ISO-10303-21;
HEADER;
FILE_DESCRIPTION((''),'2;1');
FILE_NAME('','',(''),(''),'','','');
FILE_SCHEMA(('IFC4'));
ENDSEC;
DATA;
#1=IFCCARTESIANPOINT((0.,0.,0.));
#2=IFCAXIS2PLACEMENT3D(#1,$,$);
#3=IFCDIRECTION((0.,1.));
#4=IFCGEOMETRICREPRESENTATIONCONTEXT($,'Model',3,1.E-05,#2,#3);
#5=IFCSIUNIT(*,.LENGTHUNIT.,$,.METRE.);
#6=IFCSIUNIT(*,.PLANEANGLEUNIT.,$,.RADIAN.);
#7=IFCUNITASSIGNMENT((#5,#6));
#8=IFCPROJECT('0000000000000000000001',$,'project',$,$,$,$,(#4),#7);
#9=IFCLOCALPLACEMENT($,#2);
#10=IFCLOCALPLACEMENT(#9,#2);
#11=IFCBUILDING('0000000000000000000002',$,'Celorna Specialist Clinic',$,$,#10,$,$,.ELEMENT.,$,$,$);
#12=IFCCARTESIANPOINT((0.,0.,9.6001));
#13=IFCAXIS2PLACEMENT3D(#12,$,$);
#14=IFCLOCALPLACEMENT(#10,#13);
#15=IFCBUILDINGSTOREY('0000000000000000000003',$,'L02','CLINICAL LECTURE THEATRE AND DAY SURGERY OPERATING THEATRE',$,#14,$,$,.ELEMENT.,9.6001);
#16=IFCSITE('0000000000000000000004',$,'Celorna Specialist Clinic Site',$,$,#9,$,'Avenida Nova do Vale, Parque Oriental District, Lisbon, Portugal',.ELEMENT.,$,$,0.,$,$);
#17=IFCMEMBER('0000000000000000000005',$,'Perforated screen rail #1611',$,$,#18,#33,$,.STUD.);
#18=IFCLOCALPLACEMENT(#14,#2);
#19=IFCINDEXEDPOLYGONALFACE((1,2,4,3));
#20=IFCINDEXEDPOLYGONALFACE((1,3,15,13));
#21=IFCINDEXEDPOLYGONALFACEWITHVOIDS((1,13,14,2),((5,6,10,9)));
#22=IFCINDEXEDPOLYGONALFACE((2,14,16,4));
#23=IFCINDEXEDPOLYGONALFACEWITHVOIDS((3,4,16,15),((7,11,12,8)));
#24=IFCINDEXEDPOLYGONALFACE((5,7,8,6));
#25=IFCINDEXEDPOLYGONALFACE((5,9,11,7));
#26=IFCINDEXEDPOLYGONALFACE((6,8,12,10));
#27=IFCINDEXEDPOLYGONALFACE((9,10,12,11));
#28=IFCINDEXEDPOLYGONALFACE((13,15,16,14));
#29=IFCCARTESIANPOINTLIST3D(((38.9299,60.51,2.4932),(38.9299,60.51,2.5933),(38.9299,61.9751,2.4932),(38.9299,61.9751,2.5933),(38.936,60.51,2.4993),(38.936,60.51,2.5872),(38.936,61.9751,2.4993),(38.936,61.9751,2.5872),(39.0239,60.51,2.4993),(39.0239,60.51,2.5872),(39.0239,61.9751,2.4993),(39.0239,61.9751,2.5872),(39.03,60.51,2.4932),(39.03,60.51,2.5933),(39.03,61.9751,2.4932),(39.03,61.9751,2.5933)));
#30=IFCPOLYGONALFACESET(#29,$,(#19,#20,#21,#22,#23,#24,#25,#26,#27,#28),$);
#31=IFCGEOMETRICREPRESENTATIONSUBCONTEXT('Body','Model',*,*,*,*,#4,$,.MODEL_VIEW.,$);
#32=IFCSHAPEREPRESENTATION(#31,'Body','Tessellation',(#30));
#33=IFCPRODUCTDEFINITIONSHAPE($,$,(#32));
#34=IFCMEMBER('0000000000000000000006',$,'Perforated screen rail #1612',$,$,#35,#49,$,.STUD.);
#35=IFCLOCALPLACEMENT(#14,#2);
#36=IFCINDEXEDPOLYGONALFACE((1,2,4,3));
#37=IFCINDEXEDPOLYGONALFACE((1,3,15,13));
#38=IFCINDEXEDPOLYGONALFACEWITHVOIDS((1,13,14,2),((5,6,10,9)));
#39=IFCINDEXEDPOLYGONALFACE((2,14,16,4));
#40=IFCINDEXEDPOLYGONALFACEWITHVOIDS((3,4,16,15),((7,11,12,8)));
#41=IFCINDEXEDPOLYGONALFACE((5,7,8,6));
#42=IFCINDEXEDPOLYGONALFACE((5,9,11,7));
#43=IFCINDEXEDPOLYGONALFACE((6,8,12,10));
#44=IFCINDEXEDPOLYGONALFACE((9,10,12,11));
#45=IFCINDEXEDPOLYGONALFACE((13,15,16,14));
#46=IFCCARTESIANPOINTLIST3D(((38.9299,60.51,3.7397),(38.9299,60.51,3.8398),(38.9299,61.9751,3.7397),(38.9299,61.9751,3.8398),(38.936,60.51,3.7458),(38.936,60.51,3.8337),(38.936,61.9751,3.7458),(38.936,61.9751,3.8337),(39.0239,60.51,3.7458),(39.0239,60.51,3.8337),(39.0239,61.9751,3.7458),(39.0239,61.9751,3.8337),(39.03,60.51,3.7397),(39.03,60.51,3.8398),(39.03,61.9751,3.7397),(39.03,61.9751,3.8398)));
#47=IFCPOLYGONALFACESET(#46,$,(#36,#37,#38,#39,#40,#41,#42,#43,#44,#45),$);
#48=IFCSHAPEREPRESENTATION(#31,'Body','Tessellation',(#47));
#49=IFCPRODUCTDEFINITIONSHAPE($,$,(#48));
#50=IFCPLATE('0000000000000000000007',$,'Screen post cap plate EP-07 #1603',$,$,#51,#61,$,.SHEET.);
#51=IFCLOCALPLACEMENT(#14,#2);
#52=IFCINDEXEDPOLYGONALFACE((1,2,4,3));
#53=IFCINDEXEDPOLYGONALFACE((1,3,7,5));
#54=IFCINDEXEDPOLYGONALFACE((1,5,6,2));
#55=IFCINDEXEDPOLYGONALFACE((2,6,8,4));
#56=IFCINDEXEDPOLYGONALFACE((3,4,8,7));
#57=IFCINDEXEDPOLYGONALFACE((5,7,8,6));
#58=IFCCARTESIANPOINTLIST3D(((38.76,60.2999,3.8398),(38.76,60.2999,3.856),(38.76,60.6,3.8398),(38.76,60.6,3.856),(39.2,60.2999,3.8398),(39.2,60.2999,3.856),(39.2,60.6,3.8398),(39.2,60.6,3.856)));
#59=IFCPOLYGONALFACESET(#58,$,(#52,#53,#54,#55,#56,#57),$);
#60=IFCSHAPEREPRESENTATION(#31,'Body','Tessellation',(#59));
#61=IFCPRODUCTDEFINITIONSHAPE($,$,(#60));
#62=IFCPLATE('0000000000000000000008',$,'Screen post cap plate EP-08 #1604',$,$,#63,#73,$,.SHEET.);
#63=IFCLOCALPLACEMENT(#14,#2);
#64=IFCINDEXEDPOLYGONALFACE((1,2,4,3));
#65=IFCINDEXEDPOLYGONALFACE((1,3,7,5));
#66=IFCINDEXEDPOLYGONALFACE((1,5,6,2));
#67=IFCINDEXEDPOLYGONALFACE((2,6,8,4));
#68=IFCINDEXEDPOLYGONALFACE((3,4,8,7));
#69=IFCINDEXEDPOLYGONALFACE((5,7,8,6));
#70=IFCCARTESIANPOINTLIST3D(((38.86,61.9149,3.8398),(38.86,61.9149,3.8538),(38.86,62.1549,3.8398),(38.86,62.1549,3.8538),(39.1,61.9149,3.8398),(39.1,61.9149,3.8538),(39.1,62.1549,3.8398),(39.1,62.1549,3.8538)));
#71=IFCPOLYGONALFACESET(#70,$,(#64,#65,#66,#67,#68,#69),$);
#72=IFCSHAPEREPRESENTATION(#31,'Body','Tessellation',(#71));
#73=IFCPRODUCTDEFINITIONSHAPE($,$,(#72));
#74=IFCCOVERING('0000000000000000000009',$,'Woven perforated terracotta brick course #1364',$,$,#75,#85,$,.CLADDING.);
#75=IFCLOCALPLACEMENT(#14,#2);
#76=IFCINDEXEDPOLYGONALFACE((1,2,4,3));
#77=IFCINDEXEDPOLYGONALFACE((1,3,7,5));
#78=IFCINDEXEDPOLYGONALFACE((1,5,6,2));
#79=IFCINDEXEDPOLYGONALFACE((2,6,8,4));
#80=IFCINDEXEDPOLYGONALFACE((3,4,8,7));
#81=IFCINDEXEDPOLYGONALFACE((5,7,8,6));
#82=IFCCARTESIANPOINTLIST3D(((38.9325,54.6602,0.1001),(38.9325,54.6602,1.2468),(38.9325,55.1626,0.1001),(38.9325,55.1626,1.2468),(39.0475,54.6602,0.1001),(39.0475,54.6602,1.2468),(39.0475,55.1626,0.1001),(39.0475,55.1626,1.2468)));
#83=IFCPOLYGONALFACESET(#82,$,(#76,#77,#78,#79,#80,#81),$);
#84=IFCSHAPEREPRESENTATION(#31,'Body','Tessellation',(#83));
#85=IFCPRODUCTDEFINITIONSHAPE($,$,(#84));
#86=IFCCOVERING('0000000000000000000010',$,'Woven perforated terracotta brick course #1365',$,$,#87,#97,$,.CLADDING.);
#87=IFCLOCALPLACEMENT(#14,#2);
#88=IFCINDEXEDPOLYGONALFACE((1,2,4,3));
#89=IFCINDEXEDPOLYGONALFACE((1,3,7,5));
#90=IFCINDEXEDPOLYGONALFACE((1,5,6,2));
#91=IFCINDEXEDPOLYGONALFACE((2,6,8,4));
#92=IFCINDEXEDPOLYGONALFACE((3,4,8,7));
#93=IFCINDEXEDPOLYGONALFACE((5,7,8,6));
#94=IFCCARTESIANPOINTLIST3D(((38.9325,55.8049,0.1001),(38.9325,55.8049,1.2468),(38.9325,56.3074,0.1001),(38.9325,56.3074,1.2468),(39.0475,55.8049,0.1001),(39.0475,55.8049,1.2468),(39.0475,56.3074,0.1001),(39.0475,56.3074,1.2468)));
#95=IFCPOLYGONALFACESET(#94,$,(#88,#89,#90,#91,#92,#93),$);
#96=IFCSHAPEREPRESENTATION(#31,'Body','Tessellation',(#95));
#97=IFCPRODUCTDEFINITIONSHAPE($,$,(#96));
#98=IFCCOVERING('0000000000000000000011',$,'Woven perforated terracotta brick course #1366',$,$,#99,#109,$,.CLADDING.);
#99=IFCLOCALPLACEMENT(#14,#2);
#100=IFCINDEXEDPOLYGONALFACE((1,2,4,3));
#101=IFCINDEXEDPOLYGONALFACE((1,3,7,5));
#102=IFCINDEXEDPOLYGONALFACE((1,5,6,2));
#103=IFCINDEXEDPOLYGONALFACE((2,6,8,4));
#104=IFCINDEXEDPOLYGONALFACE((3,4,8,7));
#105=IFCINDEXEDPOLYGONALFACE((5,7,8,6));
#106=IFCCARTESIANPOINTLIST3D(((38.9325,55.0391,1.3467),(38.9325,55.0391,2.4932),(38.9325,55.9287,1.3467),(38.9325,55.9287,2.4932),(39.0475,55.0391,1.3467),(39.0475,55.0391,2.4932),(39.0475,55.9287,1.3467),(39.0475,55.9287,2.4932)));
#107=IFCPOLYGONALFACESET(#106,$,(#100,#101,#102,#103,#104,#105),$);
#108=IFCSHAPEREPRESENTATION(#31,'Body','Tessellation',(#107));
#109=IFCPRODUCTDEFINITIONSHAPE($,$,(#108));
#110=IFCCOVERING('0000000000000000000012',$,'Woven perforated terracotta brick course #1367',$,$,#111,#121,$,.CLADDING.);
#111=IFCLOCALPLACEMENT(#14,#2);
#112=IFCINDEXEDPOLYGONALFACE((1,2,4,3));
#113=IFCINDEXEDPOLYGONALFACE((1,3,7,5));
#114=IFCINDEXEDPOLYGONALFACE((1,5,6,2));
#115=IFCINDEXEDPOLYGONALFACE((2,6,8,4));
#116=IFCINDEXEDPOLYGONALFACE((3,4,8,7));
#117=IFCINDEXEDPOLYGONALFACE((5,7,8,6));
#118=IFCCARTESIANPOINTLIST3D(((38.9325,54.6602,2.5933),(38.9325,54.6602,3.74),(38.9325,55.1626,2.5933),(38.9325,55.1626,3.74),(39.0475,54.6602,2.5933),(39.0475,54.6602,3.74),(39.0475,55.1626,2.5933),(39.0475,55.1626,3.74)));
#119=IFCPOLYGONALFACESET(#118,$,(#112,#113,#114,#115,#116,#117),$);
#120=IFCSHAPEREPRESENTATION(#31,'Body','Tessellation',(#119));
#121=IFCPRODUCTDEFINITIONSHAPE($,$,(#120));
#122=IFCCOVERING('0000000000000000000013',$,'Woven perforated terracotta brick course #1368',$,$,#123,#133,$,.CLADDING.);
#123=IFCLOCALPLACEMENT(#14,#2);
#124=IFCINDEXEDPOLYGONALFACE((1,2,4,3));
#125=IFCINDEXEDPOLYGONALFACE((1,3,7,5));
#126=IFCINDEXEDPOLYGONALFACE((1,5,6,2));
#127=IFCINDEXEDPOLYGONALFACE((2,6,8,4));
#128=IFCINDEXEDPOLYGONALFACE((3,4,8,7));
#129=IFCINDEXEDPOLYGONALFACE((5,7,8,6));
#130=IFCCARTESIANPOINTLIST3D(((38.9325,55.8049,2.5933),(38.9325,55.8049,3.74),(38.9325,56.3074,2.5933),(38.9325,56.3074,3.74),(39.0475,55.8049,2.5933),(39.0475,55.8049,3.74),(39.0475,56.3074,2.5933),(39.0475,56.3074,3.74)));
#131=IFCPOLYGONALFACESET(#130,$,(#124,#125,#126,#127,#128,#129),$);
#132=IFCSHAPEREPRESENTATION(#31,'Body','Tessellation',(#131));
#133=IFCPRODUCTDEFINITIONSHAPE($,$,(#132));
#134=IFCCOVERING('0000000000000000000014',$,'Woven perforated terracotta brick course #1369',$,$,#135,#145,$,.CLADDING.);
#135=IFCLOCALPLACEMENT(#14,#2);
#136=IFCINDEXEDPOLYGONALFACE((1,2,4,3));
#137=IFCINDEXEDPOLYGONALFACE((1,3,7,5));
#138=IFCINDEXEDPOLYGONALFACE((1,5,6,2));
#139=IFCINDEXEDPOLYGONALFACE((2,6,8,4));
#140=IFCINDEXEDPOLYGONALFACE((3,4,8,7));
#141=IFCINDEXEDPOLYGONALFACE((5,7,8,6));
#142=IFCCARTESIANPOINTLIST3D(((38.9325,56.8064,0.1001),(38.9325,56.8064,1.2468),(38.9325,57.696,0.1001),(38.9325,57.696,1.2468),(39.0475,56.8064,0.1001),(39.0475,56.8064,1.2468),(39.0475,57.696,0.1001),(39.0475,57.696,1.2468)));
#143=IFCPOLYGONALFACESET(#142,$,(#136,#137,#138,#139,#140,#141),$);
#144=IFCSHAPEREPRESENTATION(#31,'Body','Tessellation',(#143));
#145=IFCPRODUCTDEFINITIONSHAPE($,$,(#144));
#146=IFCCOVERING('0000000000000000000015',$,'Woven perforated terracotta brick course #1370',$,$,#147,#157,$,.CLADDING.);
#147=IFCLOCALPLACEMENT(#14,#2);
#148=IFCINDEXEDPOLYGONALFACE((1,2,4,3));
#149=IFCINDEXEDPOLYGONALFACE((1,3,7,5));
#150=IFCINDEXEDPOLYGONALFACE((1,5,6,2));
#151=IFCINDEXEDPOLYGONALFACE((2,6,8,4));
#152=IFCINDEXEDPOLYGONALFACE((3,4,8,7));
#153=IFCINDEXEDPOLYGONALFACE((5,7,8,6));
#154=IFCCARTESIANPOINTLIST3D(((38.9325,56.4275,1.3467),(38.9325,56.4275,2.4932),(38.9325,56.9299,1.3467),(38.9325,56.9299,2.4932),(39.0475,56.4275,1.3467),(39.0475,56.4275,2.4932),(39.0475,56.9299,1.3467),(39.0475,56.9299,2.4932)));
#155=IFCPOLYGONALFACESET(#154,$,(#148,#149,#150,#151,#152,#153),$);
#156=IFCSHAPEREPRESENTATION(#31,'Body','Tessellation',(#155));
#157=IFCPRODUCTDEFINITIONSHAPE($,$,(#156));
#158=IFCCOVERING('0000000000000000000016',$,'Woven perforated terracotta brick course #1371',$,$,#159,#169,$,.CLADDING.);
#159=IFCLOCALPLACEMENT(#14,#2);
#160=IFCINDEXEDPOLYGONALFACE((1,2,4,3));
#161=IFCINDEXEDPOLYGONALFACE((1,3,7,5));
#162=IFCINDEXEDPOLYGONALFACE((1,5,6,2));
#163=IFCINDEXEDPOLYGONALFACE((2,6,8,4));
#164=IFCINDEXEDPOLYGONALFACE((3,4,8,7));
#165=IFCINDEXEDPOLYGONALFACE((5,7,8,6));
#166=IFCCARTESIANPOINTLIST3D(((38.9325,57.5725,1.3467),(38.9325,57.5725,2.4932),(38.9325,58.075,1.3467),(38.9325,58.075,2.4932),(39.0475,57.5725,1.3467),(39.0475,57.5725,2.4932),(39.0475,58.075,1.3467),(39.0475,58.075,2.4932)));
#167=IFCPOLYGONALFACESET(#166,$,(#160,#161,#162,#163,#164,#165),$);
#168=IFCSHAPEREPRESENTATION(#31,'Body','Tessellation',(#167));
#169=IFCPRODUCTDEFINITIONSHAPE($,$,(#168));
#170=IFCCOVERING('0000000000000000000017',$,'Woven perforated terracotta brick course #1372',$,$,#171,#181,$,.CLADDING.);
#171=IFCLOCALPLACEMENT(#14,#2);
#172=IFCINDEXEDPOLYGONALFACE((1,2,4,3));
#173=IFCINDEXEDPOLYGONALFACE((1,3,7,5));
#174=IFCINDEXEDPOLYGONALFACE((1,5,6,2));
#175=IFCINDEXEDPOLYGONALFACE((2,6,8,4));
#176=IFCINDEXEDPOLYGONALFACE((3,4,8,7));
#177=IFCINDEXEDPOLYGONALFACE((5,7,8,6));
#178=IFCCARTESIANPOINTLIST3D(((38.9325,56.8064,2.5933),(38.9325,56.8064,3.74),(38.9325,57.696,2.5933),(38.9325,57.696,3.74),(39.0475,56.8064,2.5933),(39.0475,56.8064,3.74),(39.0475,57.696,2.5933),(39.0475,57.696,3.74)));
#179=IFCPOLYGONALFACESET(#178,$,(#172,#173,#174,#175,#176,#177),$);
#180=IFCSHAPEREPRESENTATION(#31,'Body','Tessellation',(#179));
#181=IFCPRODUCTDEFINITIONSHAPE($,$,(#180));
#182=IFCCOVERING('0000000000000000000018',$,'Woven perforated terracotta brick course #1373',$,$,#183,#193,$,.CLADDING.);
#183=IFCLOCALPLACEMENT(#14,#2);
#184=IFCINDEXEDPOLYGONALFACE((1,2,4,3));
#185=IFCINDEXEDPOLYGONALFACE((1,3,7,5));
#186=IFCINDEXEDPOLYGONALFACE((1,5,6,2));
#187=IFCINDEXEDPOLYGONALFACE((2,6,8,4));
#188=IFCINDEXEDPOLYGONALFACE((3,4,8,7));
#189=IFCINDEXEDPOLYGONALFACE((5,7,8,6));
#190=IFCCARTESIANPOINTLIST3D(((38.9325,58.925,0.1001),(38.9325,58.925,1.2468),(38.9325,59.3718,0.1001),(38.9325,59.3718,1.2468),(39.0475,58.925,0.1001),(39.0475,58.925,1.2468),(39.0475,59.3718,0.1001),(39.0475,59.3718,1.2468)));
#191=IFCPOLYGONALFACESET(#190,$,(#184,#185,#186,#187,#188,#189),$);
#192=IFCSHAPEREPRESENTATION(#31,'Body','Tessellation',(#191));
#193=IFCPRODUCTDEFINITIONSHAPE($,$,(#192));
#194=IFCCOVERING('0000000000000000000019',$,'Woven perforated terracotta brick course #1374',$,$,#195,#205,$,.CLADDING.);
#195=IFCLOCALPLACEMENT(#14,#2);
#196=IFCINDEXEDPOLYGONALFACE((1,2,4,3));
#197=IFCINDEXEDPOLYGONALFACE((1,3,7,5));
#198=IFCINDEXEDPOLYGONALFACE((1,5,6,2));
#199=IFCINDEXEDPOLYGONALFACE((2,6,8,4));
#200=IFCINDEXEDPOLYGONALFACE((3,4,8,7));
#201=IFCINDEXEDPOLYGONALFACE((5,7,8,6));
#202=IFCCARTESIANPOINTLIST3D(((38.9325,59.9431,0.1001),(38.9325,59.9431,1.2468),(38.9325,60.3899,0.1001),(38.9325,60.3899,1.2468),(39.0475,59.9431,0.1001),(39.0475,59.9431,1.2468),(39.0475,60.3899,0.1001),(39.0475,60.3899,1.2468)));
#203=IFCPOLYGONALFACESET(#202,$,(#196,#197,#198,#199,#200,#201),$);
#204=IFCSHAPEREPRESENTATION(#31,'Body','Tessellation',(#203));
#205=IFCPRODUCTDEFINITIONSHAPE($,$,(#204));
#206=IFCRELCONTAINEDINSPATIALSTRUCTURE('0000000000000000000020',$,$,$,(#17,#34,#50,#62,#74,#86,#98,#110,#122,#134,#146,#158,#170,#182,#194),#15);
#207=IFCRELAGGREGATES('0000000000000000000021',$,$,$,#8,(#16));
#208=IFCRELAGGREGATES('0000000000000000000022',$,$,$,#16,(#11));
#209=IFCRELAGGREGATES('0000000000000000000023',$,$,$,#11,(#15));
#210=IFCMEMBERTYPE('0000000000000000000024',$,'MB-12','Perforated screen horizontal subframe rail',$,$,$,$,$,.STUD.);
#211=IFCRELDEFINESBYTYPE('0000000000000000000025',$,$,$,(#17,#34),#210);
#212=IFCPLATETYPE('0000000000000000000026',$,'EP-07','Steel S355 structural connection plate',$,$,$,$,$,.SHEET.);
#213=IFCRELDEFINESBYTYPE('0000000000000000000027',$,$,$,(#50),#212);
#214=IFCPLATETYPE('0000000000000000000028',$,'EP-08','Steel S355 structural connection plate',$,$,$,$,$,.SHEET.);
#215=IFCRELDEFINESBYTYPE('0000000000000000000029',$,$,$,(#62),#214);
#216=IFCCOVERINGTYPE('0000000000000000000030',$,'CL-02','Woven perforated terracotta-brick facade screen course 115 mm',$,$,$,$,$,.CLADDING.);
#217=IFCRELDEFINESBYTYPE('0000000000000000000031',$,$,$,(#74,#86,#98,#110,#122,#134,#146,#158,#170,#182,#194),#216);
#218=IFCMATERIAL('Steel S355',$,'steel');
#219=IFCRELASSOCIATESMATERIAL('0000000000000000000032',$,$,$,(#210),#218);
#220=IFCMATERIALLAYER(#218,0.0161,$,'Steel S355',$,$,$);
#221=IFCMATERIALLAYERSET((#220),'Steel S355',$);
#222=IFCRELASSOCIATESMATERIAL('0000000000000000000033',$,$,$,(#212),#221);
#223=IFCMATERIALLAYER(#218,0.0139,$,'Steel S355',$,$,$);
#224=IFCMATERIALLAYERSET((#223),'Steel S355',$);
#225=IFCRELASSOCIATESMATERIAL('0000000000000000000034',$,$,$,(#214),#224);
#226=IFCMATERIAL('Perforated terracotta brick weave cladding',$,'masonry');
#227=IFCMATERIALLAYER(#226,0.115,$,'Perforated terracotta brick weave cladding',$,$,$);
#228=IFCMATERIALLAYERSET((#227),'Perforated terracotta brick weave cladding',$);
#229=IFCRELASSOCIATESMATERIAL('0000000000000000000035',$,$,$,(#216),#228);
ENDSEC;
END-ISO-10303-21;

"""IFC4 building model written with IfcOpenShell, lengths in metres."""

from ifc_helpers import new_model, si_unit, direction, frame, origin, origin_2d, place, context, subcontext, project, spatial, rectangle, hollow_rectangle, extrude, material, layer, layer_set, material_profile, profile_set, type_object, element, save


model = new_model("IFC4")

# Units and contexts
model_context = context("Model", 3, precision=1e-05, world=origin(), true_north=direction((0.0, 1.0)))
body_context = subcontext(model_context, "Body", "Model", "MODEL_VIEW")
ifc_project = project(units=[si_unit("LENGTHUNIT", "METRE"), si_unit("PLANEANGLEUNIT", "RADIAN")], contexts=[model_context])

# Site, building, storey
site_placement = place(None, origin())
site = spatial("IfcSite", under=ifc_project, at=site_placement, Name="Celorna Specialist Clinic Site", LongName="Avenida Nova do Vale, Parque Oriental District, Lisbon, Portugal", CompositionType="ELEMENT", RefElevation=0.0)
building_placement = place(site_placement, origin())
building = spatial("IfcBuilding", under=site, at=building_placement, Name="Celorna Specialist Clinic", CompositionType="ELEMENT")
storey_placement = place(building_placement, frame((0.0, 0.0, 9.6001)))
storey = spatial("IfcBuildingStorey", under=building, at=storey_placement, Name="L02", Description="CLINICAL LECTURE THEATRE AND DAY SURGERY OPERATING THEATRE", CompositionType="ELEMENT", Elevation=9.6001)

# Shared definitions
ifc_material_1 = material(Name="Steel S355", Category="steel")

# Members
ifc_material_profile_1 = material_profile(ifc_material_1, hollow_rectangle(XDim=0.1001, YDim=0.1001, WallThickness=0.0061, at=origin_2d()), Name="SHS 100x100x6")
ifc_profile_set_1 = profile_set([ifc_material_profile_1], Name="Steel S355")
member_type_1 = type_object("IfcMemberType", Name="MB-12", Description="Perforated screen horizontal subframe rail", PredefinedType="STUD", material=ifc_profile_set_1)
for number, where, z_axis, x_axis, name in (
    (1, (38.98, 60.51, 2.5432), (0.0, 1.0, 0.0), (-1.0, 0.0, 0.0), "Perforated screen rail #1611"),
    (2, (38.98, 60.51, 3.7898), (0.0, 1.0, 0.0), (-1.0, 0.0, 0.0), "Perforated screen rail #1612"),
):
    element("IfcMember", number, at=place(storey_placement, frame(where, z_axis=z_axis, x_axis=x_axis)), inside=storey, type_object=member_type_1, Name=name, PredefinedType="STUD", context=body_context, shape_type="SweptSolid", body=[
        extrude(hollow_rectangle(XDim=0.1001, YDim=0.1001, WallThickness=0.0061, at=origin_2d()), origin(), (0.0, 0.0, 1.0), 1.4651),
    ])

# Plates
ifc_layer_1 = layer(ifc_material_1, 0.0161, Name="Steel S355")
ifc_layer_set_1 = layer_set([ifc_layer_1], Name="Steel S355")
plate_type_1 = type_object("IfcPlateType", Name="EP-07", Description="Steel S355 structural connection plate", PredefinedType="SHEET", material=ifc_layer_set_1)
plate_1_placement = place(storey_placement, frame((38.98, 60.45, 3.8398), z_axis=(0.0, 0.0, 1.0), x_axis=(0.0, 1.0, 0.0)))
element("IfcPlate", 3, at=plate_1_placement, inside=storey, type_object=plate_type_1, Name="Screen post cap plate EP-07 #1603", PredefinedType="SHEET", context=body_context, shape_type="SweptSolid", body=[
    extrude(rectangle(XDim=0.3, YDim=0.4399, at=origin_2d()), origin(), (0.0, 0.0, 1.0), 0.0161),
])
ifc_layer_2 = layer(ifc_material_1, 0.0139, Name="Steel S355")
ifc_layer_set_2 = layer_set([ifc_layer_2], Name="Steel S355")
plate_type_2 = type_object("IfcPlateType", Name="EP-08", Description="Steel S355 structural connection plate", PredefinedType="SHEET", material=ifc_layer_set_2)
plate_2_placement = place(storey_placement, frame((38.98, 62.0349, 3.8398), z_axis=(0.0, 0.0, 1.0), x_axis=(0.0, 1.0, 0.0)))
element("IfcPlate", 4, at=plate_2_placement, inside=storey, type_object=plate_type_2, Name="Screen post cap plate EP-08 #1604", PredefinedType="SHEET", context=body_context, shape_type="SweptSolid", body=[
    extrude(rectangle(XDim=0.24, YDim=0.24, at=origin_2d()), origin(), (0.0, 0.0, 1.0), 0.0139),
])

# Coverings
ifc_material_2 = material(Name="Perforated terracotta brick weave cladding", Category="masonry")
ifc_layer_3 = layer(ifc_material_2, 0.115, Name="Perforated terracotta brick weave cladding")
ifc_layer_set_3 = layer_set([ifc_layer_3], Name="Perforated terracotta brick weave cladding")
covering_type = type_object("IfcCoveringType", Name="CL-02", Description="Woven perforated terracotta-brick facade screen course 115 mm", PredefinedType="CLADDING", material=ifc_layer_set_3)
for number, where, z_axis, x_axis, name in (
    (5, (38.99, 54.9114, 0.1001), (0.0, 0.0, 1.0), (0.0, 1.0, 0.0), "Woven perforated terracotta brick course #1364"),
    (6, (38.99, 56.0562, 0.1001), (0.0, 0.0, 1.0), (0.0, 1.0, 0.0), "Woven perforated terracotta brick course #1365"),
):
    element("IfcCovering", number, at=place(storey_placement, frame(where, z_axis=z_axis, x_axis=x_axis)), inside=storey, type_object=covering_type, Name=name, PredefinedType="CLADDING", context=body_context, shape_type="SweptSolid", body=[
        extrude(rectangle(XDim=0.5024, YDim=0.115, at=origin_2d()), origin(), (0.0, 0.0, 1.0), 1.1467),
    ])
covering_1_placement = place(storey_placement, frame((38.99, 55.4839, 1.3467), z_axis=(0.0, 0.0, 1.0), x_axis=(0.0, 1.0, 0.0)))
element("IfcCovering", 7, at=covering_1_placement, inside=storey, type_object=covering_type, Name="Woven perforated terracotta brick course #1366", PredefinedType="CLADDING", context=body_context, shape_type="SweptSolid", body=[
    extrude(rectangle(XDim=0.8896, YDim=0.115, at=origin_2d()), origin(), (0.0, 0.0, 1.0), 1.1465),
])
for number, where, z_axis, x_axis, name in (
    (8, (38.99, 54.9114, 2.5933), (0.0, 0.0, 1.0), (0.0, 1.0, 0.0), "Woven perforated terracotta brick course #1367"),
    (9, (38.99, 56.0562, 2.5933), (0.0, 0.0, 1.0), (0.0, 1.0, 0.0), "Woven perforated terracotta brick course #1368"),
):
    element("IfcCovering", number, at=place(storey_placement, frame(where, z_axis=z_axis, x_axis=x_axis)), inside=storey, type_object=covering_type, Name=name, PredefinedType="CLADDING", context=body_context, shape_type="SweptSolid", body=[
        extrude(rectangle(XDim=0.5024, YDim=0.115, at=origin_2d()), origin(), (0.0, 0.0, 1.0), 1.1467),
    ])
covering_2_placement = place(storey_placement, frame((38.99, 57.2512, 0.1001), z_axis=(0.0, 0.0, 1.0), x_axis=(0.0, 1.0, 0.0)))
element("IfcCovering", 10, at=covering_2_placement, inside=storey, type_object=covering_type, Name="Woven perforated terracotta brick course #1369", PredefinedType="CLADDING", context=body_context, shape_type="SweptSolid", body=[
    extrude(rectangle(XDim=0.8896, YDim=0.115, at=origin_2d()), origin(), (0.0, 0.0, 1.0), 1.1467),
])
for number, where, z_axis, x_axis, name in (
    (11, (38.99, 56.6787, 1.3467), (0.0, 0.0, 1.0), (0.0, 1.0, 0.0), "Woven perforated terracotta brick course #1370"),
    (12, (38.99, 57.8237, 1.3467), (0.0, 0.0, 1.0), (0.0, 1.0, 0.0), "Woven perforated terracotta brick course #1371"),
):
    element("IfcCovering", number, at=place(storey_placement, frame(where, z_axis=z_axis, x_axis=x_axis)), inside=storey, type_object=covering_type, Name=name, PredefinedType="CLADDING", context=body_context, shape_type="SweptSolid", body=[
        extrude(rectangle(XDim=0.5024, YDim=0.115, at=origin_2d()), origin(), (0.0, 0.0, 1.0), 1.1465),
    ])
covering_3_placement = place(storey_placement, frame((38.99, 57.2512, 2.5933), z_axis=(0.0, 0.0, 1.0), x_axis=(0.0, 1.0, 0.0)))
element("IfcCovering", 13, at=covering_3_placement, inside=storey, type_object=covering_type, Name="Woven perforated terracotta brick course #1372", PredefinedType="CLADDING", context=body_context, shape_type="SweptSolid", body=[
    extrude(rectangle(XDim=0.8896, YDim=0.115, at=origin_2d()), origin(), (0.0, 0.0, 1.0), 1.1467),
])
for number, where, z_axis, x_axis, name in (
    (14, (38.99, 59.1484, 0.1001), (0.0, 0.0, 1.0), (0.0, 1.0, 0.0), "Woven perforated terracotta brick course #1373"),
    (15, (38.99, 60.1665, 0.1001), (0.0, 0.0, 1.0), (0.0, 1.0, 0.0), "Woven perforated terracotta brick course #1374"),
):
    element("IfcCovering", number, at=place(storey_placement, frame(where, z_axis=z_axis, x_axis=x_axis)), inside=storey, type_object=covering_type, Name=name, PredefinedType="CLADDING", context=body_context, shape_type="SweptSolid", body=[
        extrude(rectangle(XDim=0.4468, YDim=0.115, at=origin_2d()), origin(), (0.0, 0.0, 1.0), 1.1467),
    ])

save(model, "model.ifc")
